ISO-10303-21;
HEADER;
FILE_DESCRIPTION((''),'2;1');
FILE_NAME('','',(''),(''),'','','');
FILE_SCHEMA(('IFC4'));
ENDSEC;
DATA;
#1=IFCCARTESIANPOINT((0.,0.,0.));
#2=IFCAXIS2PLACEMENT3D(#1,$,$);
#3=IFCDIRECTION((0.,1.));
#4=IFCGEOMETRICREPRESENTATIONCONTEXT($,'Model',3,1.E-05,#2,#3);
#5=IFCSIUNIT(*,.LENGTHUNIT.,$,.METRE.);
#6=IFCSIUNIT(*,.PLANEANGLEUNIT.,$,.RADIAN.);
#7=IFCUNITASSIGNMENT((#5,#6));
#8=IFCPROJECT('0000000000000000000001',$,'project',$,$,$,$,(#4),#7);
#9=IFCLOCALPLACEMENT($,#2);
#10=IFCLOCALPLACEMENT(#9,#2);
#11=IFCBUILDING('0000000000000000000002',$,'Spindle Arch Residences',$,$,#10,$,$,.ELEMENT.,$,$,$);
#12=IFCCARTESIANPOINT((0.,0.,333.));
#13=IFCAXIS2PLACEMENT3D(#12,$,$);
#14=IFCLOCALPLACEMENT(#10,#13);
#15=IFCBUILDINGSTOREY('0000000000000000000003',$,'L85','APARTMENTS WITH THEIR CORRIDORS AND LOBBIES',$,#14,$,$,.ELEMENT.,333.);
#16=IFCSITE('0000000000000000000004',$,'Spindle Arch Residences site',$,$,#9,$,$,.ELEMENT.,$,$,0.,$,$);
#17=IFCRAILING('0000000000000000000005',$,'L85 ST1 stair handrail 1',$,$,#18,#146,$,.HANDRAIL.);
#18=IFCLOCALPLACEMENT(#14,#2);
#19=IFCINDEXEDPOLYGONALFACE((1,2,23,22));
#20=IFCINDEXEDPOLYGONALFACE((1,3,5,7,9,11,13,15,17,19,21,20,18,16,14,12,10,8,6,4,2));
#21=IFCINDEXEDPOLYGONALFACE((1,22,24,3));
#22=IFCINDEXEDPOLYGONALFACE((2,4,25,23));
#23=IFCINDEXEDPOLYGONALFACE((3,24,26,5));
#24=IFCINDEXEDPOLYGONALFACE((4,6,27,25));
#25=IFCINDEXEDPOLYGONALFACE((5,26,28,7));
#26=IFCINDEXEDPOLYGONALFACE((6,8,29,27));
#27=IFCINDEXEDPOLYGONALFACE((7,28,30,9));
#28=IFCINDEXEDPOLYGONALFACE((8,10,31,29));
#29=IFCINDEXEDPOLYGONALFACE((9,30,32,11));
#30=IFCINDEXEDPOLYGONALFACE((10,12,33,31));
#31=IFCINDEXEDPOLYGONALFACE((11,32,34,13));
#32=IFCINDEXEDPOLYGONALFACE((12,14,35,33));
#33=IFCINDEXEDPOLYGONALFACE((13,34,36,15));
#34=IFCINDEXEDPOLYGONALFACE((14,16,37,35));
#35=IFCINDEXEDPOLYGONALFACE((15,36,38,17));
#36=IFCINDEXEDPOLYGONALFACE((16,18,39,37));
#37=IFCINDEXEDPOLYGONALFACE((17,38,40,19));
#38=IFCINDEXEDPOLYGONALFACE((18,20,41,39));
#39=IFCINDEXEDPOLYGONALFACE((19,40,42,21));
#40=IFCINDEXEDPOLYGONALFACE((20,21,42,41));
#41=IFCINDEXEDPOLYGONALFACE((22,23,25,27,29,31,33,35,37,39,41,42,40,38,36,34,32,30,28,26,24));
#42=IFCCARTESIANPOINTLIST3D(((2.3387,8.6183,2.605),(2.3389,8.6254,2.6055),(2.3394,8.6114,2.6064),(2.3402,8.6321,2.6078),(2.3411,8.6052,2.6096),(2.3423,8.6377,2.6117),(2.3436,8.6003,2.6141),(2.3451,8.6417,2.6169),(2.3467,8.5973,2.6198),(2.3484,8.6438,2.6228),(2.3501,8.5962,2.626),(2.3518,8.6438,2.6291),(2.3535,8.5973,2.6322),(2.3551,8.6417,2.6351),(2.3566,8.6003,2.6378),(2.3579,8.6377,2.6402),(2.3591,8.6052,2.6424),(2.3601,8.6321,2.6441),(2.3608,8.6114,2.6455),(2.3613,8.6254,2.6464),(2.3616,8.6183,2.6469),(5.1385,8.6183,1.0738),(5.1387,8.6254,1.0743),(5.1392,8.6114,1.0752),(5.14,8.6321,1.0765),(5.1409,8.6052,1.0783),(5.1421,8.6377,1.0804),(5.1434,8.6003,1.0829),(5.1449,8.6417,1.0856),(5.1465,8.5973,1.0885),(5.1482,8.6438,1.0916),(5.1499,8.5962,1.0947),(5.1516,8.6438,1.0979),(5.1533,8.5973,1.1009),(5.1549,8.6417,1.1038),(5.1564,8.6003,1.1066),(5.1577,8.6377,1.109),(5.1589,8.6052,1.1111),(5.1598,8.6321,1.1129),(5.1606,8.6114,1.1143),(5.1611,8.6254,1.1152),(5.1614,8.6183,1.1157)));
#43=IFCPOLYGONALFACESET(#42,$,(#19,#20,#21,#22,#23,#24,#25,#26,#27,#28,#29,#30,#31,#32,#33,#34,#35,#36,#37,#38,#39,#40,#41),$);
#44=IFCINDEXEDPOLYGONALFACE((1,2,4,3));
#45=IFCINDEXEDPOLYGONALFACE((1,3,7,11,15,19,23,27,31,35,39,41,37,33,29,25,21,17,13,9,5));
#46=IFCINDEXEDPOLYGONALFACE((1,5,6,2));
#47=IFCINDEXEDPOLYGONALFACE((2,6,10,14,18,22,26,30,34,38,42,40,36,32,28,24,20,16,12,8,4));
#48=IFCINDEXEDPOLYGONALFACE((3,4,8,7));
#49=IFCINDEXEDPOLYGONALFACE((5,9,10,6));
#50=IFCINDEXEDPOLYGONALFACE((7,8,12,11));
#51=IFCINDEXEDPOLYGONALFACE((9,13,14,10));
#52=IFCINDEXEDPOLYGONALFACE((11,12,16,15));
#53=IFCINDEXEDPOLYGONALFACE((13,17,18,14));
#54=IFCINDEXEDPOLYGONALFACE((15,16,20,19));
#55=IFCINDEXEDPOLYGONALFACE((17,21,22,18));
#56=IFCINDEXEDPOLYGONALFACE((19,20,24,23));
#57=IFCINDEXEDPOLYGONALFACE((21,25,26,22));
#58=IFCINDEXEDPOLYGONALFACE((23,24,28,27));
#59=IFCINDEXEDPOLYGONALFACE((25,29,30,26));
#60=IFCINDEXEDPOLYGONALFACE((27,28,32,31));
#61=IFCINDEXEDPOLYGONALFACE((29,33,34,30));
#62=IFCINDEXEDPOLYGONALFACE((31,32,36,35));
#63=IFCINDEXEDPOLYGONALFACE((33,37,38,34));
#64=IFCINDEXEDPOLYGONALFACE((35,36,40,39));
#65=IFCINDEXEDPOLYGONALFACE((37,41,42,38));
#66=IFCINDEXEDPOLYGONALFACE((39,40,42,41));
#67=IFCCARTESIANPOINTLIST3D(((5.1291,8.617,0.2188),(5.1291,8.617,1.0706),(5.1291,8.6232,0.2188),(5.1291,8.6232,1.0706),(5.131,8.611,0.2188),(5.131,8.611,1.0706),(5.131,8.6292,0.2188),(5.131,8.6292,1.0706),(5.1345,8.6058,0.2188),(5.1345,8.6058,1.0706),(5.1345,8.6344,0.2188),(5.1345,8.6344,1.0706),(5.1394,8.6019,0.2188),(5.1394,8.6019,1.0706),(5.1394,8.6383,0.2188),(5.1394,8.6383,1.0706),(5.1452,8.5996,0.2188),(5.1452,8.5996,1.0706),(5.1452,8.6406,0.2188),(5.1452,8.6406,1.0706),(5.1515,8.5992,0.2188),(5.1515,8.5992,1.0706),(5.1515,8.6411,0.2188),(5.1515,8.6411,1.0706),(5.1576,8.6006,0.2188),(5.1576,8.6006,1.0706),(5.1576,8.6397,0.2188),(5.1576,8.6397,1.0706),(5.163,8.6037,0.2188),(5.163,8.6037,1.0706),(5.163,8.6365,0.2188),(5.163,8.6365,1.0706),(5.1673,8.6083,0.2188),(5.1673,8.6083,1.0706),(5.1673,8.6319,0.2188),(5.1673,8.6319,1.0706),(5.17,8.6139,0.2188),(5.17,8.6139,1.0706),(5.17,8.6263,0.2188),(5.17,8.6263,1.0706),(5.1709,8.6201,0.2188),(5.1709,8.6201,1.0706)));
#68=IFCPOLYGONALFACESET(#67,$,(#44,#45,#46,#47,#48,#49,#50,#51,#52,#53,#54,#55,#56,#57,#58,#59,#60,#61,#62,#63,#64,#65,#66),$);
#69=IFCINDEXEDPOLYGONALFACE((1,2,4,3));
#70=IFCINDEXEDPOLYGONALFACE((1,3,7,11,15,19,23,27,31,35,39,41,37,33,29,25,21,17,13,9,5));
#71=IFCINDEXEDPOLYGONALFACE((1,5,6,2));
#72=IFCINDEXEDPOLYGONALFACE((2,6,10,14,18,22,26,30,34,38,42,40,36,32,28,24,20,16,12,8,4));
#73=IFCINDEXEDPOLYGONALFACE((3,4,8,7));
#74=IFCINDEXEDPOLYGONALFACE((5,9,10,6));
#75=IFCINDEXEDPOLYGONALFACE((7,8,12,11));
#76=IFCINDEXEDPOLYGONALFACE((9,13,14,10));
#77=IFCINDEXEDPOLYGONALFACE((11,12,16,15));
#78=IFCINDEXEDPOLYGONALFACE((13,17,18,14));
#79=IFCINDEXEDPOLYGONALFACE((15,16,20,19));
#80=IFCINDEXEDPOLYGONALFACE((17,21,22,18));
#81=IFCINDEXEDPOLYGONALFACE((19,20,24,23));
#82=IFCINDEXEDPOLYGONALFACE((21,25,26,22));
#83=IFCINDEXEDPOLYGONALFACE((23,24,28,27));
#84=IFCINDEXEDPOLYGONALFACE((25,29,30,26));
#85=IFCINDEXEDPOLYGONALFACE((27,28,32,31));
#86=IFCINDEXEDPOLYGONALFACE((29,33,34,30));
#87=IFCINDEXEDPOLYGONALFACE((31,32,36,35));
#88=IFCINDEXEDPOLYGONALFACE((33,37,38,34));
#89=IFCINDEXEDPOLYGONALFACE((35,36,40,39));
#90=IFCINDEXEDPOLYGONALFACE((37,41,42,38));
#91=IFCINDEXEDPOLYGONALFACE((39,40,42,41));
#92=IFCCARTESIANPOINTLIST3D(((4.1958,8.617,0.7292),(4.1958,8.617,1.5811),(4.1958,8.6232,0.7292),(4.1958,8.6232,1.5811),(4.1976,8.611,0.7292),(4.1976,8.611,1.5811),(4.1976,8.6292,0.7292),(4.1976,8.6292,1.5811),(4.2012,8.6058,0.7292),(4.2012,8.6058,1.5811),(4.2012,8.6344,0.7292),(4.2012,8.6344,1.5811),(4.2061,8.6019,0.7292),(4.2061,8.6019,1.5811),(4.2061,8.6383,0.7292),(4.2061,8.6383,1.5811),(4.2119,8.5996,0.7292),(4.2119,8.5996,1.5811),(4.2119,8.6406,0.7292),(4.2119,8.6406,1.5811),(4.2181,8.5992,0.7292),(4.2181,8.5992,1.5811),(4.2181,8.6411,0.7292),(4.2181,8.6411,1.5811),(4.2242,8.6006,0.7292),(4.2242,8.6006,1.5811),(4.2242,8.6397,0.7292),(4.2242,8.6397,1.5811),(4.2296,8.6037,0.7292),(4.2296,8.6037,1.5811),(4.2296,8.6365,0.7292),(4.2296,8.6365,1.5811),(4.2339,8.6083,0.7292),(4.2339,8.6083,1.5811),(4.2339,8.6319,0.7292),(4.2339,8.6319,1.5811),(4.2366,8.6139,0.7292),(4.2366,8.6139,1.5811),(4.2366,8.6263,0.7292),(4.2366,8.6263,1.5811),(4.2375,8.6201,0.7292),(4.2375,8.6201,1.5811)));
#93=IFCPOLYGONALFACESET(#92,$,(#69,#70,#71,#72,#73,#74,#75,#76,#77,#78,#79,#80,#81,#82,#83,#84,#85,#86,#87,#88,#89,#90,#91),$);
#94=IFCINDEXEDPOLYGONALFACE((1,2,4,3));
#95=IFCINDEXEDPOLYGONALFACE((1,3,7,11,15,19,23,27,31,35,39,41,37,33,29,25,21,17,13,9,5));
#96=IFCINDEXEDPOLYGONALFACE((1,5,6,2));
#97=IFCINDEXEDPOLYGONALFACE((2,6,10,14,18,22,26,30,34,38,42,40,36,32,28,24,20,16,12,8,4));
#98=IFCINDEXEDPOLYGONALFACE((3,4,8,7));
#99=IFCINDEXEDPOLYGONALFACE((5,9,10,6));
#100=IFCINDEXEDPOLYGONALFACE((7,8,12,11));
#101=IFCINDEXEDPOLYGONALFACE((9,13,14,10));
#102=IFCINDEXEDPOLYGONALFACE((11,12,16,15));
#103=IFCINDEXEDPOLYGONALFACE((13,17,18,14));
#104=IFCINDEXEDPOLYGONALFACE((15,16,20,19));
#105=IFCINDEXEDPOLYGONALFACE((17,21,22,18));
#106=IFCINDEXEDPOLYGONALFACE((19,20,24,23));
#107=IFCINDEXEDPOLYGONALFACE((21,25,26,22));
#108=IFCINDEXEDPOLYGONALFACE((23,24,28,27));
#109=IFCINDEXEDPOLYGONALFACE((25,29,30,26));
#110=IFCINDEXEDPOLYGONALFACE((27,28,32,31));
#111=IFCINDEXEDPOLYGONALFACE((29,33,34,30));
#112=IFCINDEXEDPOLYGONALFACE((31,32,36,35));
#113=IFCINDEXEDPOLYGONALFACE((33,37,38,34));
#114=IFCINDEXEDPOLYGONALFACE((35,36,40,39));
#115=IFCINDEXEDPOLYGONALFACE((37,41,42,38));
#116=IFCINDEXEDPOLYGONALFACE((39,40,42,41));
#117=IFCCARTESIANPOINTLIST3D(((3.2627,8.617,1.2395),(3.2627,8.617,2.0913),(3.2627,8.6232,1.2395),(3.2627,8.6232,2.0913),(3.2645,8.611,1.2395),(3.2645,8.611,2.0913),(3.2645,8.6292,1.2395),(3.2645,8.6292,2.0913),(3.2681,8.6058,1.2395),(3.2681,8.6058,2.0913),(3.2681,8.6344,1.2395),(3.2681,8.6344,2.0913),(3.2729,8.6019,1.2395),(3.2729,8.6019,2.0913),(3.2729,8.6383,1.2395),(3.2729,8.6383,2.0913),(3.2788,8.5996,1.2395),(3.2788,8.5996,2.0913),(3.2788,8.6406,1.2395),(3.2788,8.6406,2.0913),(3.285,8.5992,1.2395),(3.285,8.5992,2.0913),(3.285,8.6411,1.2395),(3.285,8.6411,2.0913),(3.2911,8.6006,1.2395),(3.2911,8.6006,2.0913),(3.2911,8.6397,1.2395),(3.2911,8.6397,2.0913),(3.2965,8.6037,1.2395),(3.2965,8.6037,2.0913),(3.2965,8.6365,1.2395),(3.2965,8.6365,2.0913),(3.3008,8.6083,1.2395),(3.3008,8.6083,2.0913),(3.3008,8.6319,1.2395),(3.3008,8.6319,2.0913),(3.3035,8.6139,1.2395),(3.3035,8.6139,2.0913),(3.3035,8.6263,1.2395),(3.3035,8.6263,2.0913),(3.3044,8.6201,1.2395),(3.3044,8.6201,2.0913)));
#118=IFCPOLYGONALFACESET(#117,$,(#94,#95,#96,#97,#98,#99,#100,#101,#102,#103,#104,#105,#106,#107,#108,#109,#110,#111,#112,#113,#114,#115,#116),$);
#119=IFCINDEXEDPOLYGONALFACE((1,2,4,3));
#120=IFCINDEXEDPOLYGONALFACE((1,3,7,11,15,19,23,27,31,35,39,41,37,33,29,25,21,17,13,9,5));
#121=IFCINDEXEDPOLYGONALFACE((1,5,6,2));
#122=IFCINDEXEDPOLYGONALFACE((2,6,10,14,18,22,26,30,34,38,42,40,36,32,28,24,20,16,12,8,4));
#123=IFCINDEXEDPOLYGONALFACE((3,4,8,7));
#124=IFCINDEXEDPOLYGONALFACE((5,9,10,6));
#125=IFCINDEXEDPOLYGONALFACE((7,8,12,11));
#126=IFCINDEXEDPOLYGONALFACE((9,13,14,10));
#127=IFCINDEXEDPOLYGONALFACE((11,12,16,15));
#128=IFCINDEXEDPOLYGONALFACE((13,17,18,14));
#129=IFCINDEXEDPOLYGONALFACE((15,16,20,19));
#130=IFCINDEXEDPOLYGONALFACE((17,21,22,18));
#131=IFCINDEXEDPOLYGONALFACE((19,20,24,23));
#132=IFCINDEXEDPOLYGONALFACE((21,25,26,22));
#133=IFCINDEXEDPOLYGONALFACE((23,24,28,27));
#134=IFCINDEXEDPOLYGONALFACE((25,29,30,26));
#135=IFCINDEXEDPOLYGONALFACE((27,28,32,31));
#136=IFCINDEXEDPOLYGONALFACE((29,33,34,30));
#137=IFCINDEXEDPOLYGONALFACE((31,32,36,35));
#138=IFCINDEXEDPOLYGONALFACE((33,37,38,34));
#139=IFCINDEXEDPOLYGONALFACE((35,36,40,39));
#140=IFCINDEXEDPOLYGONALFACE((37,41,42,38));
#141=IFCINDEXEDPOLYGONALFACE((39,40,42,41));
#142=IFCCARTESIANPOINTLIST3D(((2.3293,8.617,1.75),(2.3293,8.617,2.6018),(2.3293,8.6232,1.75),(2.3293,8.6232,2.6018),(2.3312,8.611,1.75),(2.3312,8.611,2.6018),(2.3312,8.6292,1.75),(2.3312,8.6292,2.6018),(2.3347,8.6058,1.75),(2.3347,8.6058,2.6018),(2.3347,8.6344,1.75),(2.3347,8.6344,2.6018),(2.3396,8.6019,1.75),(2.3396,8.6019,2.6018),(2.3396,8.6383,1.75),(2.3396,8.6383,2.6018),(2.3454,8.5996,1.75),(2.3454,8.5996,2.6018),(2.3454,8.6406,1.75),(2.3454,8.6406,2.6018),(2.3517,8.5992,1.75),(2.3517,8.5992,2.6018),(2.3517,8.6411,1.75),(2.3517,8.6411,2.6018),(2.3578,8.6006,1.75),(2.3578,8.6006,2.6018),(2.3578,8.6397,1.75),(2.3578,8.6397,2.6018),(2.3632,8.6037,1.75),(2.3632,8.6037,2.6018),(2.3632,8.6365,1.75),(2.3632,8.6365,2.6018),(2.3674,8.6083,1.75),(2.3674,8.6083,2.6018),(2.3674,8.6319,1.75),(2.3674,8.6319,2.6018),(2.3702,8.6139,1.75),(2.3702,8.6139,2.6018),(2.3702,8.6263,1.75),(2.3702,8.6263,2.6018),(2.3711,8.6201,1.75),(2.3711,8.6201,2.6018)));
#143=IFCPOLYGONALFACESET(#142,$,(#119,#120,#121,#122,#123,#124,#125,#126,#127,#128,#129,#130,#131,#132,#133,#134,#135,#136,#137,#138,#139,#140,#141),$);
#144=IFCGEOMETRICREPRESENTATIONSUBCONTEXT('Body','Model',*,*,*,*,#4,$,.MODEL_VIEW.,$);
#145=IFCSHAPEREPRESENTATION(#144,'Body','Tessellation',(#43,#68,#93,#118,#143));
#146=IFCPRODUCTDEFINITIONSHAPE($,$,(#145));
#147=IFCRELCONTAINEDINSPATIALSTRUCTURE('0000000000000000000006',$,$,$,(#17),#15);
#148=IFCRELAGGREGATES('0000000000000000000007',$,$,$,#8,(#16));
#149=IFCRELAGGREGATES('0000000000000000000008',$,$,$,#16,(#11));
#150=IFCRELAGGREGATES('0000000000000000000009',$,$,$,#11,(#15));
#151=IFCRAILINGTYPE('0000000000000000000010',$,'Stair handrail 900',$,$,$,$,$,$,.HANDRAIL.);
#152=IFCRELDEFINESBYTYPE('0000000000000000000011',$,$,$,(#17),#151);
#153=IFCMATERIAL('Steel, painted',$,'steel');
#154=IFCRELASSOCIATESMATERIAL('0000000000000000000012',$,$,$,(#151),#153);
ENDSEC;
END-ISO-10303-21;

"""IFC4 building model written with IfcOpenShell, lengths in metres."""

from ifc_helpers import new_model, si_unit, direction, frame, origin, origin_2d, place, context, subcontext, project, spatial, circle, extrude, material, type_object, element, save


model = new_model("IFC4")

# Units and contexts
model_context = context("Model", 3, precision=1e-05, world=origin(), true_north=direction((0.0, 1.0)))
body_context = subcontext(model_context, "Body", "Model", "MODEL_VIEW")
ifc_project = project(units=[si_unit("LENGTHUNIT", "METRE"), si_unit("PLANEANGLEUNIT", "RADIAN")], contexts=[model_context])

# Site, building, storey
site_placement = place(None, origin())
site = spatial("IfcSite", under=ifc_project, at=site_placement, Name="Spindle Arch Residences site", CompositionType="ELEMENT", RefElevation=0.0)
building_placement = place(site_placement, origin())
building = spatial("IfcBuilding", under=site, at=building_placement, Name="Spindle Arch Residences", CompositionType="ELEMENT")
storey_placement = place(building_placement, frame((0.0, 0.0, 333.0)))
storey = spatial("IfcBuildingStorey", under=building, at=storey_placement, Name="L85", Description="APARTMENTS WITH THEIR CORRIDORS AND LOBBIES", CompositionType="ELEMENT", Elevation=333.0)

# Railing
ifc_material_1 = material(Name="Steel, painted", Category="steel")
railing_type_1 = type_object("IfcRailingType", Name="Stair handrail 900", PredefinedType="HANDRAIL", material=ifc_material_1)
railing_1_placement = place(storey_placement, frame((5.1499, 8.6201, 0.2188)))
element("IfcRailing", 1, at=railing_1_placement, inside=storey, type_object=railing_type_1, Name="L85 ST1 stair handrail 1", PredefinedType="HANDRAIL", context=body_context, shape_type="SweptSolid", body=[
    extrude(circle(Radius=0.0239, at=origin_2d()), frame((0.0, 0.0, 0.876), z_axis=(-0.877357, 0.0, 0.479838), x_axis=(0.0, -1.0, 0.0)), (0.0, 0.0, 1.0), 3.1912),
    extrude(circle(Radius=0.021, at=origin_2d()), origin(), (0.0, 0.0, 1.0), 0.8518),
    extrude(circle(Radius=0.021, at=origin_2d()), frame((-0.9333, 0.0, 0.5105)), (0.0, 0.0, 1.0), 0.8518),
    extrude(circle(Radius=0.021, at=origin_2d()), frame((-1.8665, 0.0, 1.0208)), (0.0, 0.0, 1.0), 0.8518),
    extrude(circle(Radius=0.021, at=origin_2d()), frame((-2.7998, 0.0, 1.5312)), (0.0, 0.0, 1.0), 0.8518),
])

save(model, "model.ifc")
